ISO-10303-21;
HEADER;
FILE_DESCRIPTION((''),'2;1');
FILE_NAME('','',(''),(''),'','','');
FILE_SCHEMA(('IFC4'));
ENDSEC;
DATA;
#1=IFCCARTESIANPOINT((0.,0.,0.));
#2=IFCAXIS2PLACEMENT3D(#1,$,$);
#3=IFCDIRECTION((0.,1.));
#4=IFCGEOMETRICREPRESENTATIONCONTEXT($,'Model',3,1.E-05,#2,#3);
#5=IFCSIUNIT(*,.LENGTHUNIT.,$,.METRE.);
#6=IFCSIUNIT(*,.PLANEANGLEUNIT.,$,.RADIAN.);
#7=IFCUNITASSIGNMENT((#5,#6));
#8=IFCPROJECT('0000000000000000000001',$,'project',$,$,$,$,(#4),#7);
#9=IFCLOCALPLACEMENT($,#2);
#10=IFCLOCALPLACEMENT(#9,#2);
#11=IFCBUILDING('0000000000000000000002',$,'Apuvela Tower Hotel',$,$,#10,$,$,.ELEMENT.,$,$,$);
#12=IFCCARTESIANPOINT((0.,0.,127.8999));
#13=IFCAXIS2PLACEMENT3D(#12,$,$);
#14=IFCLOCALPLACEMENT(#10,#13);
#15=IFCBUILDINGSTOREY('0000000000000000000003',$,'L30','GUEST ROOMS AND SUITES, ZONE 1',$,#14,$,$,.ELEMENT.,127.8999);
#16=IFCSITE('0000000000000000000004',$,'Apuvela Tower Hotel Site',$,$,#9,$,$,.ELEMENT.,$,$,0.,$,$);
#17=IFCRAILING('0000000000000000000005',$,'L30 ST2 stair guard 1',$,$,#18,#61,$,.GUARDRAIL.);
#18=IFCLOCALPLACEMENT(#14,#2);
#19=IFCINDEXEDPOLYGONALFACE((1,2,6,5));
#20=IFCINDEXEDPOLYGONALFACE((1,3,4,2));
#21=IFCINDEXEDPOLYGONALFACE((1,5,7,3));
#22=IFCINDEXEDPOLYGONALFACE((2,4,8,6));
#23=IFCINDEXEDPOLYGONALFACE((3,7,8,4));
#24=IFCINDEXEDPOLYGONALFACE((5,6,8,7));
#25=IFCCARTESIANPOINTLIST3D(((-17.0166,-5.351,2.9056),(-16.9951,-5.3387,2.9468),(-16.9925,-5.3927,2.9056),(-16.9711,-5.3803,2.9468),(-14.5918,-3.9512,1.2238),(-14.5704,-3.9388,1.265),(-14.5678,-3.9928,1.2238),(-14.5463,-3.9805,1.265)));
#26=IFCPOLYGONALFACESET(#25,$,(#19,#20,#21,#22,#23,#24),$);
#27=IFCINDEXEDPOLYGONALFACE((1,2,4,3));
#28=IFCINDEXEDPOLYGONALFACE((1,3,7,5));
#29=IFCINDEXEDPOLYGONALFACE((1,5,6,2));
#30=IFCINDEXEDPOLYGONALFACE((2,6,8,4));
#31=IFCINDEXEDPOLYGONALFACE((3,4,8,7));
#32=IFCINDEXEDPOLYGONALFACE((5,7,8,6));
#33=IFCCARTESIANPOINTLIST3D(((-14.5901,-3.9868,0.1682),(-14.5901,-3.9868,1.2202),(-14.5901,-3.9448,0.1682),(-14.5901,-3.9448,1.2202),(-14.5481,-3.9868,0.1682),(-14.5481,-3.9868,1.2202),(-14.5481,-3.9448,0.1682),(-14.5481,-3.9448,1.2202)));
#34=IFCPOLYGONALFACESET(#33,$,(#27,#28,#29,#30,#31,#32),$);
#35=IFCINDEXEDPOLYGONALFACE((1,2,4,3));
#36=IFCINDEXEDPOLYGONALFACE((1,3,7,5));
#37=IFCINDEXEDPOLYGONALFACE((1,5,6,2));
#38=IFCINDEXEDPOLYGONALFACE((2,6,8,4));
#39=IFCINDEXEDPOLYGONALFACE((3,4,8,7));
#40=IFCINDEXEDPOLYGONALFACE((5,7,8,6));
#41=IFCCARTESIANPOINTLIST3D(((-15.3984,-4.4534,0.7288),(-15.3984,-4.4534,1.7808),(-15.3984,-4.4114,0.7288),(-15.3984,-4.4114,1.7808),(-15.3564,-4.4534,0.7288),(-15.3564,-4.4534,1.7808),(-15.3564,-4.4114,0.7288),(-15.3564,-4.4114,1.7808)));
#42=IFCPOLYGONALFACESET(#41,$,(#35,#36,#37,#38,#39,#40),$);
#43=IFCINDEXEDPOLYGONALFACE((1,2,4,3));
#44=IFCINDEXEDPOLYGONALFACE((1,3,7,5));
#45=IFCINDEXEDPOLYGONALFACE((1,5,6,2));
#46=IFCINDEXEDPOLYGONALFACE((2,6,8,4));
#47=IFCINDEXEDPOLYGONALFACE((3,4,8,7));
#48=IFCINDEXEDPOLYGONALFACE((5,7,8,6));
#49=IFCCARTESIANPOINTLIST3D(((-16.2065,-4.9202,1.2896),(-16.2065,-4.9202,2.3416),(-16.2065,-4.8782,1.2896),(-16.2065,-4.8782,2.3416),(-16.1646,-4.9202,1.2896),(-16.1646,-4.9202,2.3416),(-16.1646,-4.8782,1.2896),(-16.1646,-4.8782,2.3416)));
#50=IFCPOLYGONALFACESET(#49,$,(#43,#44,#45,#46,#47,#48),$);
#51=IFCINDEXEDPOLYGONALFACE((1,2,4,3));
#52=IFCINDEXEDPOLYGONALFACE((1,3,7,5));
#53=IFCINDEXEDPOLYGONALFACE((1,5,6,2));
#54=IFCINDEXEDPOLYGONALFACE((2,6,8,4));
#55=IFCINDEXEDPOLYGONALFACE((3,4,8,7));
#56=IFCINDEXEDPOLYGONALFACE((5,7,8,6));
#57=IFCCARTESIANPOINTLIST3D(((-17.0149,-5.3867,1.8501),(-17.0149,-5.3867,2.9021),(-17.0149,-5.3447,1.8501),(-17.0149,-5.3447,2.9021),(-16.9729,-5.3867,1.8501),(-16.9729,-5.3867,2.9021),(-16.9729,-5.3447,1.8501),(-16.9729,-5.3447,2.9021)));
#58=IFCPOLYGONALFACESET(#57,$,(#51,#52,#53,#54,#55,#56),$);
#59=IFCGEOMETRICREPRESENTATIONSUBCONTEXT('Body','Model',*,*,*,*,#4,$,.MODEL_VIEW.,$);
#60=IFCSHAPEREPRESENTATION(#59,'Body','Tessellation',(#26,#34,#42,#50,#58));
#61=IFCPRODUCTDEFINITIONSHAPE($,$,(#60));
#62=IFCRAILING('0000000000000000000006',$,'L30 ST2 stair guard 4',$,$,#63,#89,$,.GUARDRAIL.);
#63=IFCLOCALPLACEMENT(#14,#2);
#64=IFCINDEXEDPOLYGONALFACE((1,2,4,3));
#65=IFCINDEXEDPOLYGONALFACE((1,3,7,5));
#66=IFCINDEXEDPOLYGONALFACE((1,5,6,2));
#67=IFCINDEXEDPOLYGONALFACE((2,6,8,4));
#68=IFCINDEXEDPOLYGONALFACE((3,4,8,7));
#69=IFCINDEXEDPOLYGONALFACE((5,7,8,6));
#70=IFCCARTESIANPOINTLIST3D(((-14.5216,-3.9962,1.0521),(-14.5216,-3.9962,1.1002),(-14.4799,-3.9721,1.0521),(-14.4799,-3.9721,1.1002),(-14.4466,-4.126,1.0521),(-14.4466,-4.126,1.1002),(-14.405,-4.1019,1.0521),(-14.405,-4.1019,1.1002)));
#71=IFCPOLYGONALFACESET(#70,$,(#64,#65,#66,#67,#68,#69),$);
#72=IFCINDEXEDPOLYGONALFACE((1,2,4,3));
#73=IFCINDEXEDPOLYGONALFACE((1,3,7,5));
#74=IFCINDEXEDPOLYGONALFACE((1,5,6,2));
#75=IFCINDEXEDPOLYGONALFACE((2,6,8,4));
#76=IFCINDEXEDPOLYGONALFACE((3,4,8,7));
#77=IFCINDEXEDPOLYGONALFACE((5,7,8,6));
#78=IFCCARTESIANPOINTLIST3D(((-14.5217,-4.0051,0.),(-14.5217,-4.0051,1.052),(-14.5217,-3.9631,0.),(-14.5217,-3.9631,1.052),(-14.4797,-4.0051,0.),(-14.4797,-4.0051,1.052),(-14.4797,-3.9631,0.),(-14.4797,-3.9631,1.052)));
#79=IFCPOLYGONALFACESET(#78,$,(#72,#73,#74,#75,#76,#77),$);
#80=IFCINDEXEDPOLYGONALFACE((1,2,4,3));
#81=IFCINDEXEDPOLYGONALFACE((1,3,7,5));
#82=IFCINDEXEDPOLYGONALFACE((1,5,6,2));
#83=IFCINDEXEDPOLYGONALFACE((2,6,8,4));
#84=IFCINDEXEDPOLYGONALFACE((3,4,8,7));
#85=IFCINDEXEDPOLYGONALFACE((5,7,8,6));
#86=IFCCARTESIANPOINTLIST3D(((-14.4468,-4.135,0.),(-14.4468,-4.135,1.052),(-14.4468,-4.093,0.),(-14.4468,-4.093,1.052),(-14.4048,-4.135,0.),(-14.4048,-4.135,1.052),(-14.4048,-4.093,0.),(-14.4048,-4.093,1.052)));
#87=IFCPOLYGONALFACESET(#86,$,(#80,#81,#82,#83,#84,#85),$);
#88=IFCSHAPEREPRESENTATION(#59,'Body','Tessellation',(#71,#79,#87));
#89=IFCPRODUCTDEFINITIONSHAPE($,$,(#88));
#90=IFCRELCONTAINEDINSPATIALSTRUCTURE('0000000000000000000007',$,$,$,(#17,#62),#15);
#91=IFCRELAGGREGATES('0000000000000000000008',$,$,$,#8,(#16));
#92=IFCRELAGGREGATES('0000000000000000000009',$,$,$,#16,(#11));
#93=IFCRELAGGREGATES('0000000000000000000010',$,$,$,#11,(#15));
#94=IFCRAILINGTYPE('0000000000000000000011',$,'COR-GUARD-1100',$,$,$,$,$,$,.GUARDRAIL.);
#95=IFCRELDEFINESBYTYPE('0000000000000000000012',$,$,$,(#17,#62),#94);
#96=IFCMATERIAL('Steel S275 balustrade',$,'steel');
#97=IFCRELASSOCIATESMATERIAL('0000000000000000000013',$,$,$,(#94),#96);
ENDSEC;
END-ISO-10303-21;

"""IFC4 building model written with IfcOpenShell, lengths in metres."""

from ifc_helpers import new_model, si_unit, direction, frame, origin, origin_2d, place, context, subcontext, project, spatial, rectangle, extrude, material, type_object, element, save


model = new_model("IFC4")

# Units and contexts
model_context = context("Model", 3, precision=1e-05, world=origin(), true_north=direction((0.0, 1.0)))
body_context = subcontext(model_context, "Body", "Model", "MODEL_VIEW")
ifc_project = project(units=[si_unit("LENGTHUNIT", "METRE"), si_unit("PLANEANGLEUNIT", "RADIAN")], contexts=[model_context])

# Site, building, storey
site_placement = place(None, origin())
site = spatial("IfcSite", under=ifc_project, at=site_placement, Name="Apuvela Tower Hotel Site", CompositionType="ELEMENT", RefElevation=0.0)
building_placement = place(site_placement, origin())
building = spatial("IfcBuilding", under=site, at=building_placement, Name="Apuvela Tower Hotel", CompositionType="ELEMENT")
storey_placement = place(building_placement, frame((0.0, 0.0, 127.8999)))
storey = spatial("IfcBuildingStorey", under=building, at=storey_placement, Name="L30", Description="GUEST ROOMS AND SUITES, ZONE 1", CompositionType="ELEMENT", Elevation=127.8999)

# Railings
ifc_material_1 = material(Name="Steel S275 balustrade", Category="steel")
railing_type = type_object("IfcRailingType", Name="COR-GUARD-1100", PredefinedType="GUARDRAIL", material=ifc_material_1)
railing_1_placement = place(storey_placement, frame((-14.5691, -3.9658, 0.1682)))
element("IfcRailing", 1, at=railing_1_placement, inside=storey, type_object=railing_type, Name="L30 ST2 stair guard 1", PredefinedType="GUARDRAIL", context=body_context, shape_type="SweptSolid", body=[
    extrude(rectangle(XDim=0.0481, YDim=0.0481, at=origin_2d()), frame((0.0, 0.0, 1.0762), z_axis=(-0.74239, -0.428601, 0.514934), x_axis=(0.499984, -0.866035, 0.0)), (0.0, 0.0, 1.0), 3.2661),
    extrude(rectangle(XDim=0.042, YDim=0.042, at=origin_2d()), origin(), (0.0, 0.0, 1.0), 1.052),
    extrude(rectangle(XDim=0.042, YDim=0.042, at=origin_2d()), frame((-0.8083, -0.4666, 0.5605)), (0.0, 0.0, 1.0), 1.052),
    extrude(rectangle(XDim=0.042, YDim=0.042, at=origin_2d()), frame((-1.6165, -0.9333, 1.1213)), (0.0, 0.0, 1.0), 1.052),
    extrude(rectangle(XDim=0.042, YDim=0.042, at=origin_2d()), frame((-2.4248, -1.3999, 1.6819)), (0.0, 0.0, 1.0), 1.052),
])
railing_2_placement = place(storey_placement, frame((-14.5007, -3.9841, 0.0)))
element("IfcRailing", 2, at=railing_2_placement, inside=storey, type_object=railing_type, Name="L30 ST2 stair guard 4", PredefinedType="GUARDRAIL", context=body_context, shape_type="SweptSolid", body=[
    extrude(rectangle(XDim=0.0481, YDim=0.0481, at=origin_2d()), frame((0.0, 0.0, 1.0762), z_axis=(0.499816, -0.866131, 0.0), x_axis=(0.866131, 0.499816, 0.0)), (0.0, 0.0, 1.0), 0.1499),
    extrude(rectangle(XDim=0.042, YDim=0.042, at=origin_2d()), origin(), (0.0, 0.0, 1.0), 1.052),
    extrude(rectangle(XDim=0.042, YDim=0.042, at=origin_2d()), frame((0.075, -0.1299, 0.0)), (0.0, 0.0, 1.0), 1.052),
])

save(model, "model.ifc")
